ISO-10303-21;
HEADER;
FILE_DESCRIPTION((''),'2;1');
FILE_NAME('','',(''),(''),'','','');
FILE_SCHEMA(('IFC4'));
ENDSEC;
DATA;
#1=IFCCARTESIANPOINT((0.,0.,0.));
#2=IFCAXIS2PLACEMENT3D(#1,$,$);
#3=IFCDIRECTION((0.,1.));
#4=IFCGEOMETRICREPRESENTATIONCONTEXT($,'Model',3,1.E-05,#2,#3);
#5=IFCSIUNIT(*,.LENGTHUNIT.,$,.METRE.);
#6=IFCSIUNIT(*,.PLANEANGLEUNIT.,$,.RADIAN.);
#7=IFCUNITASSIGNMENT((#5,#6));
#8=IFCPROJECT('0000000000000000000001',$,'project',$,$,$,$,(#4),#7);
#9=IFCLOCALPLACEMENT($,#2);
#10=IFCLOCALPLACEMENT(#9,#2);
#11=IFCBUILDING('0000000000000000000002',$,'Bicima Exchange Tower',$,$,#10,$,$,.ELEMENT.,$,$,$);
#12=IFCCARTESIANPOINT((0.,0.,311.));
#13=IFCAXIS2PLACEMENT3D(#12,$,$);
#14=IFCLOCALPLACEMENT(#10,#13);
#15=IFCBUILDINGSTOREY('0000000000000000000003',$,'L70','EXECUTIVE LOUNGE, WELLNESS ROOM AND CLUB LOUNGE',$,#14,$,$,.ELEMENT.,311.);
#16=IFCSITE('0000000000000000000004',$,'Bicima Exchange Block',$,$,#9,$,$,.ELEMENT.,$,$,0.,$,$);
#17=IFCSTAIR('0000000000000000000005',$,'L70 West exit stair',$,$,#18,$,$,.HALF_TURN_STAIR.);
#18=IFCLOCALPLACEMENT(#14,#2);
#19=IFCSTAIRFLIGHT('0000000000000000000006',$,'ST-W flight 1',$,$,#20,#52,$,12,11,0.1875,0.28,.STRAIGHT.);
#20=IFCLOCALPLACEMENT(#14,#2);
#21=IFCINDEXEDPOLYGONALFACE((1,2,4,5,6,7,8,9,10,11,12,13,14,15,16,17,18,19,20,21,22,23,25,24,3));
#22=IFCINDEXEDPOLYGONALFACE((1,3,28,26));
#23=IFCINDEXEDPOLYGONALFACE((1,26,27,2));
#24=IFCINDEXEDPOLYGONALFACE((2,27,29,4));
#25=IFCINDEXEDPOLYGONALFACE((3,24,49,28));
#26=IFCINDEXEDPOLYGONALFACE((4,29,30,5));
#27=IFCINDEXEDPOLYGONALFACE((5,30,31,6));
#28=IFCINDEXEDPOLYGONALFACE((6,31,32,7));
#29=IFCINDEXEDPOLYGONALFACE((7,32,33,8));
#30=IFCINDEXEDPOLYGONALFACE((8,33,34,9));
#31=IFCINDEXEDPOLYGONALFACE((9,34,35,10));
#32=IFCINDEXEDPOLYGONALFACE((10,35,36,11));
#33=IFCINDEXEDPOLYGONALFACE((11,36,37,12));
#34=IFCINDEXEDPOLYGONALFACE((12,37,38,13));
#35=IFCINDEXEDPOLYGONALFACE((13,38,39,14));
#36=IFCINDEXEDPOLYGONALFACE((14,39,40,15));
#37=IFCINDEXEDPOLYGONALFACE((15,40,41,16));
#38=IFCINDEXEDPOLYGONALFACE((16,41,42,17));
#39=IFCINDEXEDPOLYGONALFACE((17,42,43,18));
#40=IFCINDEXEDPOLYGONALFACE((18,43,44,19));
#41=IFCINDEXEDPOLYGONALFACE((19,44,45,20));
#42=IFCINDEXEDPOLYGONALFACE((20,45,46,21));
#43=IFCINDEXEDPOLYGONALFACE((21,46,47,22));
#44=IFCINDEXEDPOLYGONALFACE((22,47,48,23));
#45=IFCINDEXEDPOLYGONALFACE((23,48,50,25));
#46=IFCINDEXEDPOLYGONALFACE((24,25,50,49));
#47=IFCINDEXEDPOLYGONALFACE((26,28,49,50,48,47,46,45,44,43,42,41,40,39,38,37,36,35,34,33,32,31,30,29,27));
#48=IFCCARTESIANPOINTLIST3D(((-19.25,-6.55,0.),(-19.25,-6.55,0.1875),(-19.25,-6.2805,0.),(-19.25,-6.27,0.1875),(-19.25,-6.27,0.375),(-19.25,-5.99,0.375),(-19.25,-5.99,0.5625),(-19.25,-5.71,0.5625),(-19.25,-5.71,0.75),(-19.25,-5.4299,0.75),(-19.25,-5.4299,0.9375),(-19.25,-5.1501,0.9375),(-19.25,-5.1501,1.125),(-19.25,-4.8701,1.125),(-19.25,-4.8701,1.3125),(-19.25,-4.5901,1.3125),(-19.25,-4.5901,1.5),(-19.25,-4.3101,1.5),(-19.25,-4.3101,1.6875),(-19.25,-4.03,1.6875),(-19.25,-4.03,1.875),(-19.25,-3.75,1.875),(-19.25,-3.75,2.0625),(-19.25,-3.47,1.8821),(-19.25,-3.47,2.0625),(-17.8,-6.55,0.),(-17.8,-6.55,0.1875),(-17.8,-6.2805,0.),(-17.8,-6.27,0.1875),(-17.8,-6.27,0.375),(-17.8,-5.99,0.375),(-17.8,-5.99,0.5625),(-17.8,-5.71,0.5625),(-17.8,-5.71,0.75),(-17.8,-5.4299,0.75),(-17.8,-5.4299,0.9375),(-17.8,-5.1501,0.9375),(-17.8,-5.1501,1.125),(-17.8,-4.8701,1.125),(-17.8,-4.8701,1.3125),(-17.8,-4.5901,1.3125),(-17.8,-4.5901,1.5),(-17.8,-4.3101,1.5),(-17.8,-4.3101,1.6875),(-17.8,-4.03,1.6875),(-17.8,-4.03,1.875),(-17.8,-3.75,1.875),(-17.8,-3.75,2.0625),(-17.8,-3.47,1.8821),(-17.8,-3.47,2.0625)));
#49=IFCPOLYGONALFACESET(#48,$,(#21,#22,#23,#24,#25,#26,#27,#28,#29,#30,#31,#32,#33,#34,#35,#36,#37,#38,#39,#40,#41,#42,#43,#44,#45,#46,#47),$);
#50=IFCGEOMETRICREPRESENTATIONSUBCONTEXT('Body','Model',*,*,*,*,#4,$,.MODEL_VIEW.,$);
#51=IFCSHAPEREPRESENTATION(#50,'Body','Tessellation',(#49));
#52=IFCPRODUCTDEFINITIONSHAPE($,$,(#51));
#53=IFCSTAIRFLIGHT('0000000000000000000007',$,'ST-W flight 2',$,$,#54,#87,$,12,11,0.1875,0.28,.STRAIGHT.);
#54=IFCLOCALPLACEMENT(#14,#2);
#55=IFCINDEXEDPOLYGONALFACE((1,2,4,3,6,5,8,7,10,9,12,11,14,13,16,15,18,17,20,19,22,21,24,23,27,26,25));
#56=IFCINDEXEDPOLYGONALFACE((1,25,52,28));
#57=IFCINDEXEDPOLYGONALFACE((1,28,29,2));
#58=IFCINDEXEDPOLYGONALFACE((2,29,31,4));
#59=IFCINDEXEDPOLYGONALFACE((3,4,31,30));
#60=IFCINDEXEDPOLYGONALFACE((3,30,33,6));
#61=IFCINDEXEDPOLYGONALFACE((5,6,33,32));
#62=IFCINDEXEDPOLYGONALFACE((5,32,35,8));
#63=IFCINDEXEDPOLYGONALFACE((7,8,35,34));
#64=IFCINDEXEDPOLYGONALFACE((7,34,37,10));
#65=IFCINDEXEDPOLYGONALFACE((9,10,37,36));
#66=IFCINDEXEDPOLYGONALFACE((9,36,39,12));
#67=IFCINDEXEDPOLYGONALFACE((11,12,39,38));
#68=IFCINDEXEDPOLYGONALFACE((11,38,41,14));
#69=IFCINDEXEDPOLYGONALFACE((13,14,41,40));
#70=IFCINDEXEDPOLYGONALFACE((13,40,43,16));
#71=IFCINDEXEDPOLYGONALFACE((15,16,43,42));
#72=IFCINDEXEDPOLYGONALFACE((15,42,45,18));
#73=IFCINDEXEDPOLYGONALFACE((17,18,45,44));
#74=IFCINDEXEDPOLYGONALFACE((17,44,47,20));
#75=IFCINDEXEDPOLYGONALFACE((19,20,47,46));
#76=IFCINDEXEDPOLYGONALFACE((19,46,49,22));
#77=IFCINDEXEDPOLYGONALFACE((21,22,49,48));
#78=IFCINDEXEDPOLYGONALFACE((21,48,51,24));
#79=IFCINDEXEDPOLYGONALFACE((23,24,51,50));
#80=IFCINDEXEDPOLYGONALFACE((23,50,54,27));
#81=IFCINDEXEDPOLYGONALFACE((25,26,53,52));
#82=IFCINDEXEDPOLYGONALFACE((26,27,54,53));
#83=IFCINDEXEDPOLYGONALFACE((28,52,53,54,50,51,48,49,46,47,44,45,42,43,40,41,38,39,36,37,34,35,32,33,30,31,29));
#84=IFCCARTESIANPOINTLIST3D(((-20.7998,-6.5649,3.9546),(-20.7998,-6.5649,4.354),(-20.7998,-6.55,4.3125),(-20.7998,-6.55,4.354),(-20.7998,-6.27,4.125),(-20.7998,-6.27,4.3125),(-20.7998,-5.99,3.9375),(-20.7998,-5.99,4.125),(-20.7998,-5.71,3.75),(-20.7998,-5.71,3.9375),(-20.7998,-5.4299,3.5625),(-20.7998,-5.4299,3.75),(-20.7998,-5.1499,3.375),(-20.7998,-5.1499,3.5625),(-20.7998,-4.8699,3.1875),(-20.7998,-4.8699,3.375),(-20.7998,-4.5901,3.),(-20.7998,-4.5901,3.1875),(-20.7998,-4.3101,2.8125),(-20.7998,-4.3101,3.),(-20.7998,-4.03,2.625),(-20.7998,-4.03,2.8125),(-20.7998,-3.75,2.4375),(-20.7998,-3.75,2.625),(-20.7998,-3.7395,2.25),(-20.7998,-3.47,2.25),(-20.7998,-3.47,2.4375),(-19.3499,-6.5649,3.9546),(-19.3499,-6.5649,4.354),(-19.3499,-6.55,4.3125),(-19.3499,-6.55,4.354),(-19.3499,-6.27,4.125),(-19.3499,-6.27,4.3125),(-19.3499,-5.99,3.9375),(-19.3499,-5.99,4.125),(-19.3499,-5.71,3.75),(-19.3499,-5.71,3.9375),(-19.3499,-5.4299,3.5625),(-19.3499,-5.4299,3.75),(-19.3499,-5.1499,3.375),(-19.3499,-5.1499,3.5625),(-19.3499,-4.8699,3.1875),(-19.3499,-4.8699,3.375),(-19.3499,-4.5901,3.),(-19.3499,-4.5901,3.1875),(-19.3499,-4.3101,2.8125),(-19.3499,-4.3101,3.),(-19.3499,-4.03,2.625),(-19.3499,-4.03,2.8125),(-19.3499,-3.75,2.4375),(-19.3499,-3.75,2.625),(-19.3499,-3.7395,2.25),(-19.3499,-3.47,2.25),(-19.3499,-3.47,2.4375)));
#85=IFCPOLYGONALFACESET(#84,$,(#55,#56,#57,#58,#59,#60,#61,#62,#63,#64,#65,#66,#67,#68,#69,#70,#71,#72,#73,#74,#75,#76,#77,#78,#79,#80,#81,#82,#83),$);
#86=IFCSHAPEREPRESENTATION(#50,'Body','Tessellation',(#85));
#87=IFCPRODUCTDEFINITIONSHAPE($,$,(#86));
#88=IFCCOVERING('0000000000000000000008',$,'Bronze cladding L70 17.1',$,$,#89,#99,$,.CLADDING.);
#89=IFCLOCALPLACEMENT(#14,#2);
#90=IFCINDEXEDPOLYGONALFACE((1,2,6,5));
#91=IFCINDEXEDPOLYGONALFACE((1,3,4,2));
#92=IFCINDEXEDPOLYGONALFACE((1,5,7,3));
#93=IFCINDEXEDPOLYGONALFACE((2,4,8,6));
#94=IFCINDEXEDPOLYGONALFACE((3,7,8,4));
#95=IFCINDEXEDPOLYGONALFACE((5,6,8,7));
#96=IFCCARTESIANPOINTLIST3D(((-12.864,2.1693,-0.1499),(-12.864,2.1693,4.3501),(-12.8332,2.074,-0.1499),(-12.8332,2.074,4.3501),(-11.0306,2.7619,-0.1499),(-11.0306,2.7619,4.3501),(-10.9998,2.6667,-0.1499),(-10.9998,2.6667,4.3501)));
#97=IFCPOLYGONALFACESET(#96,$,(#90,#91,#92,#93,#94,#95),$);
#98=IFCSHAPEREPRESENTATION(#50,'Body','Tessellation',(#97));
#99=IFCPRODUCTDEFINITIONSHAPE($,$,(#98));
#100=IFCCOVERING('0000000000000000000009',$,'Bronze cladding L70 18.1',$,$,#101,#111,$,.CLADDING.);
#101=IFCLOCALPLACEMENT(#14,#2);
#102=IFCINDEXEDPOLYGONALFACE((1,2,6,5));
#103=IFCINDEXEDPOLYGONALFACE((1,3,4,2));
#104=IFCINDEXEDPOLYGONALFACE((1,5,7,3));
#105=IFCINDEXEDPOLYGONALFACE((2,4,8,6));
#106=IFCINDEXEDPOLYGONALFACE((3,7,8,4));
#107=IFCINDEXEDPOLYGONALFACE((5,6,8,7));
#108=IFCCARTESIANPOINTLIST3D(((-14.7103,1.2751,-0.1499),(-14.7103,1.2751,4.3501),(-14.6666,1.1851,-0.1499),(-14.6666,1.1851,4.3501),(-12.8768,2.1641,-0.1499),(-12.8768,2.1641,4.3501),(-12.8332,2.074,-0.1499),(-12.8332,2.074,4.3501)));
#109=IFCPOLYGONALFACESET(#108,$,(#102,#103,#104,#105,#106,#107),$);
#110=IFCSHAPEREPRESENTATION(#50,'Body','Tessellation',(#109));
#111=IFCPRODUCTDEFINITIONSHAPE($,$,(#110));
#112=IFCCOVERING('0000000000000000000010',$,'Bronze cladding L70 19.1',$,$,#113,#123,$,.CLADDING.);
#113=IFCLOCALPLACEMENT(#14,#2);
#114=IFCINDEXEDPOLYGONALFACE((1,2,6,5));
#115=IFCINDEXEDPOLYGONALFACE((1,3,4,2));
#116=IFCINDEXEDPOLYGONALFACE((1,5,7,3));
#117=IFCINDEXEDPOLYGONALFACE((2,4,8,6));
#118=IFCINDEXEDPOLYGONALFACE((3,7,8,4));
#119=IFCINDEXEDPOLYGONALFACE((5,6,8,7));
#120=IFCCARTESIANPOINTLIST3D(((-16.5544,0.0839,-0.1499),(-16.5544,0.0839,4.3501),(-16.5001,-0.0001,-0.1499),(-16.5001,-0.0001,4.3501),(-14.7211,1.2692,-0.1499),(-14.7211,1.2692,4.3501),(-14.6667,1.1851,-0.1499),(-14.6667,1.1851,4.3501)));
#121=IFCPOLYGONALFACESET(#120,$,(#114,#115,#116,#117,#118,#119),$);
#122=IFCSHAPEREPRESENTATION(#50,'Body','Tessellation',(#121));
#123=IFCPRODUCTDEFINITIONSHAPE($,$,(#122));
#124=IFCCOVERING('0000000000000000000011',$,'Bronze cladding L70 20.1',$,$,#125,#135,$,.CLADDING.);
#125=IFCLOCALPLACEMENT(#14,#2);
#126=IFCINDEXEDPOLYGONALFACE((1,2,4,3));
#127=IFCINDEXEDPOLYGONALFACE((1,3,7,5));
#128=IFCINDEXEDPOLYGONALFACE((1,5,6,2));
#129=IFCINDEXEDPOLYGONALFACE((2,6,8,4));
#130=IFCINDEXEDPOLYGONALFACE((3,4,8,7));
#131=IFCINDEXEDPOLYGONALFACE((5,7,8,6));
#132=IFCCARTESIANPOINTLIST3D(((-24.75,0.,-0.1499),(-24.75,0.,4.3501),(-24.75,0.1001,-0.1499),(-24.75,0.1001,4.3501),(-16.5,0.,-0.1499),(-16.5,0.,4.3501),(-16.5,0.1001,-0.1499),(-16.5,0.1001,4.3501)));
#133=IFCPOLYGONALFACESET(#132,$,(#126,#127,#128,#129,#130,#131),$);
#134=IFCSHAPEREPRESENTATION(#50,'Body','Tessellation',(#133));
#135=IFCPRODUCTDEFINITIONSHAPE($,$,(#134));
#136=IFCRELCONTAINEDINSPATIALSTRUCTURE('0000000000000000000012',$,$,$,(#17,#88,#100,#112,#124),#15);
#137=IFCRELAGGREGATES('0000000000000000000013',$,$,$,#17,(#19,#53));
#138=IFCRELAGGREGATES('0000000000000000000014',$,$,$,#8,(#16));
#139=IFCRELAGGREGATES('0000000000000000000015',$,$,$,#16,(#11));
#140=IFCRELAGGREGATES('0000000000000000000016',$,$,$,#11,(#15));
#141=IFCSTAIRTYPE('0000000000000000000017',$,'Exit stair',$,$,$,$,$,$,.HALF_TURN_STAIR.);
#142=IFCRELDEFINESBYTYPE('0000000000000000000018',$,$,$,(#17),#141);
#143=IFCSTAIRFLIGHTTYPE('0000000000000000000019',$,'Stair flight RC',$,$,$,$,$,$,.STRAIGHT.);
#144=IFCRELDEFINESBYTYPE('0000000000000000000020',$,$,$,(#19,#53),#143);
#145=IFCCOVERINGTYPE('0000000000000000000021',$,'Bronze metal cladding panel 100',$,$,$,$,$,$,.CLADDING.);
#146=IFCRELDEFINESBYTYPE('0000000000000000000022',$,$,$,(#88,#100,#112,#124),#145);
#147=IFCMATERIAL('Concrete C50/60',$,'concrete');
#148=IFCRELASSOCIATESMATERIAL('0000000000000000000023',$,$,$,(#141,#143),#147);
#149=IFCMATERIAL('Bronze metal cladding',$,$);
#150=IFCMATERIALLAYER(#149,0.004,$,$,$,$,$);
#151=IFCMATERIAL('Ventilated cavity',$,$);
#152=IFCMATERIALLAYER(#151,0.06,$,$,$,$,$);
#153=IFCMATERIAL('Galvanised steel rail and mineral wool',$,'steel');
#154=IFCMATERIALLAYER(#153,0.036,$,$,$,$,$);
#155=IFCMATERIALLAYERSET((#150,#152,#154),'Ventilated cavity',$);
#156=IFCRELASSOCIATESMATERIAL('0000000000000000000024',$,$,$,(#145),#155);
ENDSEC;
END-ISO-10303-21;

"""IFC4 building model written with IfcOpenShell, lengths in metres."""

from ifc_helpers import new_model, si_unit, direction, frame, origin, origin_2d, place, context, subcontext, project, spatial, polyline, rectangle, outline, extrude, material, layer, layer_set, type_object, element, aggregate, save


model = new_model("IFC4")

# Units and contexts
model_context = context("Model", 3, precision=1e-05, world=origin(), true_north=direction((0.0, 1.0)))
body_context = subcontext(model_context, "Body", "Model", "MODEL_VIEW")
ifc_project = project(units=[si_unit("LENGTHUNIT", "METRE"), si_unit("PLANEANGLEUNIT", "RADIAN")], contexts=[model_context])

# Site, building, storey
site_placement = place(None, origin())
site = spatial("IfcSite", under=ifc_project, at=site_placement, Name="Bicima Exchange Block", CompositionType="ELEMENT", RefElevation=0.0)
building_placement = place(site_placement, origin())
building = spatial("IfcBuilding", under=site, at=building_placement, Name="Bicima Exchange Tower", CompositionType="ELEMENT")
storey_placement = place(building_placement, frame((0.0, 0.0, 311.0)))
storey = spatial("IfcBuildingStorey", under=building, at=storey_placement, Name="L70", Description="EXECUTIVE LOUNGE, WELLNESS ROOM AND CLUB LOUNGE", CompositionType="ELEMENT", Elevation=311.0)

# Shared definitions
ifc_material_1 = material(Name="Concrete C50/60", Category="concrete")

# Stair, stair flights
stair_type = type_object("IfcStairType", Name="Exit stair", PredefinedType="HALF_TURN_STAIR", material=ifc_material_1)
stair_placement = place(storey_placement, origin())
stair = element("IfcStair", 1, at=stair_placement, inside=storey, type_object=stair_type, Name="L70 West exit stair", PredefinedType="HALF_TURN_STAIR")
stair_flight_type = type_object("IfcStairFlightType", Name="Stair flight RC", PredefinedType="STRAIGHT", material=ifc_material_1)
stair_flight_1_placement = place(storey_placement, frame((-18.5249, -6.55, 0.0), z_axis=(0.0, 0.0, 1.0), x_axis=(0.0, 1.0, 0.0)))
stair_flight_1 = element("IfcStairFlight", 2, at=stair_flight_1_placement, type_object=stair_flight_type, Name="ST-W flight 1", NumberOfRisers=12, NumberOfTreads=11, PredefinedType="STRAIGHT", RiserHeight=0.1875, TreadLength=0.28, context=body_context, shape_type="SweptSolid", body=[
    extrude(outline(polyline([(0.0, 0.0), (0.0, 0.1875), (0.28, 0.1875), (0.28, 0.375), (0.5601, 0.375), (0.5601, 0.5625), (0.8401, 0.5625), (0.8401, 0.75), (1.1201, 0.75), (1.1201, 0.9375), (1.3999, 0.9375), (1.3999, 1.125), (1.6799, 1.125), (1.6799, 1.3125), (1.96, 1.3125), (1.96, 1.5), (2.24, 1.5), (2.24, 1.6875), (2.52, 1.6875), (2.52, 1.875), (2.8, 1.875), (2.8, 2.0625), (3.0801, 2.0625), (3.0801, 2.25), (3.0801, 1.8821), (0.2695, 0.0), (0.0, 0.0)])), frame((0.0, 0.7251, 0.0), z_axis=(0.0, -1.0, 0.0), x_axis=(1.0, 0.0, 0.0)), (0.0, 0.0, 1.0), 1.45),
])
stair_flight_2_placement = place(storey_placement, frame((-20.075, -3.47, 2.25), z_axis=(0.0, 0.0, 1.0), x_axis=(0.0, -1.0, 0.0)))
stair_flight_2 = element("IfcStairFlight", 3, at=stair_flight_2_placement, type_object=stair_flight_type, Name="ST-W flight 2", NumberOfRisers=12, NumberOfTreads=11, PredefinedType="STRAIGHT", RiserHeight=0.1875, TreadLength=0.28, context=body_context, shape_type="SweptSolid", body=[
    extrude(outline(polyline([(0.0, 0.0), (0.0, 0.1875), (0.28, 0.1875), (0.28, 0.375), (0.5601, 0.375), (0.5601, 0.5625), (0.8401, 0.5625), (0.8401, 0.75), (1.1201, 0.75), (1.1201, 0.9375), (1.3999, 0.9375), (1.3999, 1.125), (1.6799, 1.125), (1.6799, 1.3125), (1.96, 1.3125), (1.96, 1.5), (2.24, 1.5), (2.24, 1.6875), (2.52, 1.6875), (2.52, 1.875), (2.8, 1.875), (2.8, 2.0625), (3.0801, 2.0625), (3.0801, 2.104), (3.095, 2.104), (3.095, 1.7046), (0.2695, 0.0), (0.0, 0.0)])), frame((0.0, 0.7251, 0.0), z_axis=(0.0, -1.0, 0.0), x_axis=(1.0, 0.0, 0.0)), (0.0, 0.0, 1.0), 1.45),
])
aggregate(stair, [stair_flight_1, stair_flight_2])

# Coverings
ifc_material_2 = material(Name="Bronze metal cladding")
ifc_layer_1 = layer(ifc_material_2, 0.004)
ifc_material_3 = material(Name="Ventilated cavity")
ifc_layer_2 = layer(ifc_material_3, 0.06)
ifc_material_4 = material(Name="Galvanised steel rail and mineral wool", Category="steel")
ifc_layer_3 = layer(ifc_material_4, 0.036)
ifc_layer_set_1 = layer_set([ifc_layer_1, ifc_layer_2, ifc_layer_3], Name="Ventilated cavity")
covering_type = type_object("IfcCoveringType", Name="Bronze metal cladding panel 100", PredefinedType="CLADDING", material=ifc_layer_set_1)
covering_1_placement = place(storey_placement, frame((-11.9319, 2.418, -0.1499), z_axis=(0.0, 0.0, 1.0), x_axis=(-0.951525, -0.307573, 0.0)))
element("IfcCovering", 4, at=covering_1_placement, inside=storey, type_object=covering_type, Name="Bronze cladding L70 17.1", PredefinedType="CLADDING", context=body_context, shape_type="SweptSolid", body=[
    extrude(rectangle(XDim=1.9268, YDim=0.1001, at=origin_2d()), origin(), (0.0, 0.0, 1.0), 4.5),
])
covering_2_placement = place(storey_placement, frame((-13.7717, 1.6746, -0.1499), z_axis=(0.0, 0.0, 1.0), x_axis=(-0.899818, -0.436265, 0.0)))
element("IfcCovering", 5, at=covering_2_placement, inside=storey, type_object=covering_type, Name="Bronze cladding L70 18.1", PredefinedType="CLADDING", context=body_context, shape_type="SweptSolid", body=[
    extrude(rectangle(XDim=2.0376, YDim=0.1001, at=origin_2d()), origin(), (0.0, 0.0, 1.0), 4.5),
])
covering_3_placement = place(storey_placement, frame((-15.6106, 0.6345, -0.1499), z_axis=(0.0, 0.0, 1.0), x_axis=(-0.83979, -0.542911, 0.0)))
element("IfcCovering", 6, at=covering_3_placement, inside=storey, type_object=covering_type, Name="Bronze cladding L70 19.1", PredefinedType="CLADDING", context=body_context, shape_type="SweptSolid", body=[
    extrude(rectangle(XDim=2.1831, YDim=0.1001, at=origin_2d()), origin(), (0.0, 0.0, 1.0), 4.5),
])
covering_4_placement = place(storey_placement, frame((-20.625, 0.05, -0.1499), z_axis=(0.0, 0.0, 1.0), x_axis=(-1.0, 0.0, 0.0)))
element("IfcCovering", 7, at=covering_4_placement, inside=storey, type_object=covering_type, Name="Bronze cladding L70 20.1", PredefinedType="CLADDING", context=body_context, shape_type="SweptSolid", body=[
    extrude(rectangle(XDim=8.25, YDim=0.1001, at=origin_2d()), origin(), (0.0, 0.0, 1.0), 4.5),
])

save(model, "model.ifc")
